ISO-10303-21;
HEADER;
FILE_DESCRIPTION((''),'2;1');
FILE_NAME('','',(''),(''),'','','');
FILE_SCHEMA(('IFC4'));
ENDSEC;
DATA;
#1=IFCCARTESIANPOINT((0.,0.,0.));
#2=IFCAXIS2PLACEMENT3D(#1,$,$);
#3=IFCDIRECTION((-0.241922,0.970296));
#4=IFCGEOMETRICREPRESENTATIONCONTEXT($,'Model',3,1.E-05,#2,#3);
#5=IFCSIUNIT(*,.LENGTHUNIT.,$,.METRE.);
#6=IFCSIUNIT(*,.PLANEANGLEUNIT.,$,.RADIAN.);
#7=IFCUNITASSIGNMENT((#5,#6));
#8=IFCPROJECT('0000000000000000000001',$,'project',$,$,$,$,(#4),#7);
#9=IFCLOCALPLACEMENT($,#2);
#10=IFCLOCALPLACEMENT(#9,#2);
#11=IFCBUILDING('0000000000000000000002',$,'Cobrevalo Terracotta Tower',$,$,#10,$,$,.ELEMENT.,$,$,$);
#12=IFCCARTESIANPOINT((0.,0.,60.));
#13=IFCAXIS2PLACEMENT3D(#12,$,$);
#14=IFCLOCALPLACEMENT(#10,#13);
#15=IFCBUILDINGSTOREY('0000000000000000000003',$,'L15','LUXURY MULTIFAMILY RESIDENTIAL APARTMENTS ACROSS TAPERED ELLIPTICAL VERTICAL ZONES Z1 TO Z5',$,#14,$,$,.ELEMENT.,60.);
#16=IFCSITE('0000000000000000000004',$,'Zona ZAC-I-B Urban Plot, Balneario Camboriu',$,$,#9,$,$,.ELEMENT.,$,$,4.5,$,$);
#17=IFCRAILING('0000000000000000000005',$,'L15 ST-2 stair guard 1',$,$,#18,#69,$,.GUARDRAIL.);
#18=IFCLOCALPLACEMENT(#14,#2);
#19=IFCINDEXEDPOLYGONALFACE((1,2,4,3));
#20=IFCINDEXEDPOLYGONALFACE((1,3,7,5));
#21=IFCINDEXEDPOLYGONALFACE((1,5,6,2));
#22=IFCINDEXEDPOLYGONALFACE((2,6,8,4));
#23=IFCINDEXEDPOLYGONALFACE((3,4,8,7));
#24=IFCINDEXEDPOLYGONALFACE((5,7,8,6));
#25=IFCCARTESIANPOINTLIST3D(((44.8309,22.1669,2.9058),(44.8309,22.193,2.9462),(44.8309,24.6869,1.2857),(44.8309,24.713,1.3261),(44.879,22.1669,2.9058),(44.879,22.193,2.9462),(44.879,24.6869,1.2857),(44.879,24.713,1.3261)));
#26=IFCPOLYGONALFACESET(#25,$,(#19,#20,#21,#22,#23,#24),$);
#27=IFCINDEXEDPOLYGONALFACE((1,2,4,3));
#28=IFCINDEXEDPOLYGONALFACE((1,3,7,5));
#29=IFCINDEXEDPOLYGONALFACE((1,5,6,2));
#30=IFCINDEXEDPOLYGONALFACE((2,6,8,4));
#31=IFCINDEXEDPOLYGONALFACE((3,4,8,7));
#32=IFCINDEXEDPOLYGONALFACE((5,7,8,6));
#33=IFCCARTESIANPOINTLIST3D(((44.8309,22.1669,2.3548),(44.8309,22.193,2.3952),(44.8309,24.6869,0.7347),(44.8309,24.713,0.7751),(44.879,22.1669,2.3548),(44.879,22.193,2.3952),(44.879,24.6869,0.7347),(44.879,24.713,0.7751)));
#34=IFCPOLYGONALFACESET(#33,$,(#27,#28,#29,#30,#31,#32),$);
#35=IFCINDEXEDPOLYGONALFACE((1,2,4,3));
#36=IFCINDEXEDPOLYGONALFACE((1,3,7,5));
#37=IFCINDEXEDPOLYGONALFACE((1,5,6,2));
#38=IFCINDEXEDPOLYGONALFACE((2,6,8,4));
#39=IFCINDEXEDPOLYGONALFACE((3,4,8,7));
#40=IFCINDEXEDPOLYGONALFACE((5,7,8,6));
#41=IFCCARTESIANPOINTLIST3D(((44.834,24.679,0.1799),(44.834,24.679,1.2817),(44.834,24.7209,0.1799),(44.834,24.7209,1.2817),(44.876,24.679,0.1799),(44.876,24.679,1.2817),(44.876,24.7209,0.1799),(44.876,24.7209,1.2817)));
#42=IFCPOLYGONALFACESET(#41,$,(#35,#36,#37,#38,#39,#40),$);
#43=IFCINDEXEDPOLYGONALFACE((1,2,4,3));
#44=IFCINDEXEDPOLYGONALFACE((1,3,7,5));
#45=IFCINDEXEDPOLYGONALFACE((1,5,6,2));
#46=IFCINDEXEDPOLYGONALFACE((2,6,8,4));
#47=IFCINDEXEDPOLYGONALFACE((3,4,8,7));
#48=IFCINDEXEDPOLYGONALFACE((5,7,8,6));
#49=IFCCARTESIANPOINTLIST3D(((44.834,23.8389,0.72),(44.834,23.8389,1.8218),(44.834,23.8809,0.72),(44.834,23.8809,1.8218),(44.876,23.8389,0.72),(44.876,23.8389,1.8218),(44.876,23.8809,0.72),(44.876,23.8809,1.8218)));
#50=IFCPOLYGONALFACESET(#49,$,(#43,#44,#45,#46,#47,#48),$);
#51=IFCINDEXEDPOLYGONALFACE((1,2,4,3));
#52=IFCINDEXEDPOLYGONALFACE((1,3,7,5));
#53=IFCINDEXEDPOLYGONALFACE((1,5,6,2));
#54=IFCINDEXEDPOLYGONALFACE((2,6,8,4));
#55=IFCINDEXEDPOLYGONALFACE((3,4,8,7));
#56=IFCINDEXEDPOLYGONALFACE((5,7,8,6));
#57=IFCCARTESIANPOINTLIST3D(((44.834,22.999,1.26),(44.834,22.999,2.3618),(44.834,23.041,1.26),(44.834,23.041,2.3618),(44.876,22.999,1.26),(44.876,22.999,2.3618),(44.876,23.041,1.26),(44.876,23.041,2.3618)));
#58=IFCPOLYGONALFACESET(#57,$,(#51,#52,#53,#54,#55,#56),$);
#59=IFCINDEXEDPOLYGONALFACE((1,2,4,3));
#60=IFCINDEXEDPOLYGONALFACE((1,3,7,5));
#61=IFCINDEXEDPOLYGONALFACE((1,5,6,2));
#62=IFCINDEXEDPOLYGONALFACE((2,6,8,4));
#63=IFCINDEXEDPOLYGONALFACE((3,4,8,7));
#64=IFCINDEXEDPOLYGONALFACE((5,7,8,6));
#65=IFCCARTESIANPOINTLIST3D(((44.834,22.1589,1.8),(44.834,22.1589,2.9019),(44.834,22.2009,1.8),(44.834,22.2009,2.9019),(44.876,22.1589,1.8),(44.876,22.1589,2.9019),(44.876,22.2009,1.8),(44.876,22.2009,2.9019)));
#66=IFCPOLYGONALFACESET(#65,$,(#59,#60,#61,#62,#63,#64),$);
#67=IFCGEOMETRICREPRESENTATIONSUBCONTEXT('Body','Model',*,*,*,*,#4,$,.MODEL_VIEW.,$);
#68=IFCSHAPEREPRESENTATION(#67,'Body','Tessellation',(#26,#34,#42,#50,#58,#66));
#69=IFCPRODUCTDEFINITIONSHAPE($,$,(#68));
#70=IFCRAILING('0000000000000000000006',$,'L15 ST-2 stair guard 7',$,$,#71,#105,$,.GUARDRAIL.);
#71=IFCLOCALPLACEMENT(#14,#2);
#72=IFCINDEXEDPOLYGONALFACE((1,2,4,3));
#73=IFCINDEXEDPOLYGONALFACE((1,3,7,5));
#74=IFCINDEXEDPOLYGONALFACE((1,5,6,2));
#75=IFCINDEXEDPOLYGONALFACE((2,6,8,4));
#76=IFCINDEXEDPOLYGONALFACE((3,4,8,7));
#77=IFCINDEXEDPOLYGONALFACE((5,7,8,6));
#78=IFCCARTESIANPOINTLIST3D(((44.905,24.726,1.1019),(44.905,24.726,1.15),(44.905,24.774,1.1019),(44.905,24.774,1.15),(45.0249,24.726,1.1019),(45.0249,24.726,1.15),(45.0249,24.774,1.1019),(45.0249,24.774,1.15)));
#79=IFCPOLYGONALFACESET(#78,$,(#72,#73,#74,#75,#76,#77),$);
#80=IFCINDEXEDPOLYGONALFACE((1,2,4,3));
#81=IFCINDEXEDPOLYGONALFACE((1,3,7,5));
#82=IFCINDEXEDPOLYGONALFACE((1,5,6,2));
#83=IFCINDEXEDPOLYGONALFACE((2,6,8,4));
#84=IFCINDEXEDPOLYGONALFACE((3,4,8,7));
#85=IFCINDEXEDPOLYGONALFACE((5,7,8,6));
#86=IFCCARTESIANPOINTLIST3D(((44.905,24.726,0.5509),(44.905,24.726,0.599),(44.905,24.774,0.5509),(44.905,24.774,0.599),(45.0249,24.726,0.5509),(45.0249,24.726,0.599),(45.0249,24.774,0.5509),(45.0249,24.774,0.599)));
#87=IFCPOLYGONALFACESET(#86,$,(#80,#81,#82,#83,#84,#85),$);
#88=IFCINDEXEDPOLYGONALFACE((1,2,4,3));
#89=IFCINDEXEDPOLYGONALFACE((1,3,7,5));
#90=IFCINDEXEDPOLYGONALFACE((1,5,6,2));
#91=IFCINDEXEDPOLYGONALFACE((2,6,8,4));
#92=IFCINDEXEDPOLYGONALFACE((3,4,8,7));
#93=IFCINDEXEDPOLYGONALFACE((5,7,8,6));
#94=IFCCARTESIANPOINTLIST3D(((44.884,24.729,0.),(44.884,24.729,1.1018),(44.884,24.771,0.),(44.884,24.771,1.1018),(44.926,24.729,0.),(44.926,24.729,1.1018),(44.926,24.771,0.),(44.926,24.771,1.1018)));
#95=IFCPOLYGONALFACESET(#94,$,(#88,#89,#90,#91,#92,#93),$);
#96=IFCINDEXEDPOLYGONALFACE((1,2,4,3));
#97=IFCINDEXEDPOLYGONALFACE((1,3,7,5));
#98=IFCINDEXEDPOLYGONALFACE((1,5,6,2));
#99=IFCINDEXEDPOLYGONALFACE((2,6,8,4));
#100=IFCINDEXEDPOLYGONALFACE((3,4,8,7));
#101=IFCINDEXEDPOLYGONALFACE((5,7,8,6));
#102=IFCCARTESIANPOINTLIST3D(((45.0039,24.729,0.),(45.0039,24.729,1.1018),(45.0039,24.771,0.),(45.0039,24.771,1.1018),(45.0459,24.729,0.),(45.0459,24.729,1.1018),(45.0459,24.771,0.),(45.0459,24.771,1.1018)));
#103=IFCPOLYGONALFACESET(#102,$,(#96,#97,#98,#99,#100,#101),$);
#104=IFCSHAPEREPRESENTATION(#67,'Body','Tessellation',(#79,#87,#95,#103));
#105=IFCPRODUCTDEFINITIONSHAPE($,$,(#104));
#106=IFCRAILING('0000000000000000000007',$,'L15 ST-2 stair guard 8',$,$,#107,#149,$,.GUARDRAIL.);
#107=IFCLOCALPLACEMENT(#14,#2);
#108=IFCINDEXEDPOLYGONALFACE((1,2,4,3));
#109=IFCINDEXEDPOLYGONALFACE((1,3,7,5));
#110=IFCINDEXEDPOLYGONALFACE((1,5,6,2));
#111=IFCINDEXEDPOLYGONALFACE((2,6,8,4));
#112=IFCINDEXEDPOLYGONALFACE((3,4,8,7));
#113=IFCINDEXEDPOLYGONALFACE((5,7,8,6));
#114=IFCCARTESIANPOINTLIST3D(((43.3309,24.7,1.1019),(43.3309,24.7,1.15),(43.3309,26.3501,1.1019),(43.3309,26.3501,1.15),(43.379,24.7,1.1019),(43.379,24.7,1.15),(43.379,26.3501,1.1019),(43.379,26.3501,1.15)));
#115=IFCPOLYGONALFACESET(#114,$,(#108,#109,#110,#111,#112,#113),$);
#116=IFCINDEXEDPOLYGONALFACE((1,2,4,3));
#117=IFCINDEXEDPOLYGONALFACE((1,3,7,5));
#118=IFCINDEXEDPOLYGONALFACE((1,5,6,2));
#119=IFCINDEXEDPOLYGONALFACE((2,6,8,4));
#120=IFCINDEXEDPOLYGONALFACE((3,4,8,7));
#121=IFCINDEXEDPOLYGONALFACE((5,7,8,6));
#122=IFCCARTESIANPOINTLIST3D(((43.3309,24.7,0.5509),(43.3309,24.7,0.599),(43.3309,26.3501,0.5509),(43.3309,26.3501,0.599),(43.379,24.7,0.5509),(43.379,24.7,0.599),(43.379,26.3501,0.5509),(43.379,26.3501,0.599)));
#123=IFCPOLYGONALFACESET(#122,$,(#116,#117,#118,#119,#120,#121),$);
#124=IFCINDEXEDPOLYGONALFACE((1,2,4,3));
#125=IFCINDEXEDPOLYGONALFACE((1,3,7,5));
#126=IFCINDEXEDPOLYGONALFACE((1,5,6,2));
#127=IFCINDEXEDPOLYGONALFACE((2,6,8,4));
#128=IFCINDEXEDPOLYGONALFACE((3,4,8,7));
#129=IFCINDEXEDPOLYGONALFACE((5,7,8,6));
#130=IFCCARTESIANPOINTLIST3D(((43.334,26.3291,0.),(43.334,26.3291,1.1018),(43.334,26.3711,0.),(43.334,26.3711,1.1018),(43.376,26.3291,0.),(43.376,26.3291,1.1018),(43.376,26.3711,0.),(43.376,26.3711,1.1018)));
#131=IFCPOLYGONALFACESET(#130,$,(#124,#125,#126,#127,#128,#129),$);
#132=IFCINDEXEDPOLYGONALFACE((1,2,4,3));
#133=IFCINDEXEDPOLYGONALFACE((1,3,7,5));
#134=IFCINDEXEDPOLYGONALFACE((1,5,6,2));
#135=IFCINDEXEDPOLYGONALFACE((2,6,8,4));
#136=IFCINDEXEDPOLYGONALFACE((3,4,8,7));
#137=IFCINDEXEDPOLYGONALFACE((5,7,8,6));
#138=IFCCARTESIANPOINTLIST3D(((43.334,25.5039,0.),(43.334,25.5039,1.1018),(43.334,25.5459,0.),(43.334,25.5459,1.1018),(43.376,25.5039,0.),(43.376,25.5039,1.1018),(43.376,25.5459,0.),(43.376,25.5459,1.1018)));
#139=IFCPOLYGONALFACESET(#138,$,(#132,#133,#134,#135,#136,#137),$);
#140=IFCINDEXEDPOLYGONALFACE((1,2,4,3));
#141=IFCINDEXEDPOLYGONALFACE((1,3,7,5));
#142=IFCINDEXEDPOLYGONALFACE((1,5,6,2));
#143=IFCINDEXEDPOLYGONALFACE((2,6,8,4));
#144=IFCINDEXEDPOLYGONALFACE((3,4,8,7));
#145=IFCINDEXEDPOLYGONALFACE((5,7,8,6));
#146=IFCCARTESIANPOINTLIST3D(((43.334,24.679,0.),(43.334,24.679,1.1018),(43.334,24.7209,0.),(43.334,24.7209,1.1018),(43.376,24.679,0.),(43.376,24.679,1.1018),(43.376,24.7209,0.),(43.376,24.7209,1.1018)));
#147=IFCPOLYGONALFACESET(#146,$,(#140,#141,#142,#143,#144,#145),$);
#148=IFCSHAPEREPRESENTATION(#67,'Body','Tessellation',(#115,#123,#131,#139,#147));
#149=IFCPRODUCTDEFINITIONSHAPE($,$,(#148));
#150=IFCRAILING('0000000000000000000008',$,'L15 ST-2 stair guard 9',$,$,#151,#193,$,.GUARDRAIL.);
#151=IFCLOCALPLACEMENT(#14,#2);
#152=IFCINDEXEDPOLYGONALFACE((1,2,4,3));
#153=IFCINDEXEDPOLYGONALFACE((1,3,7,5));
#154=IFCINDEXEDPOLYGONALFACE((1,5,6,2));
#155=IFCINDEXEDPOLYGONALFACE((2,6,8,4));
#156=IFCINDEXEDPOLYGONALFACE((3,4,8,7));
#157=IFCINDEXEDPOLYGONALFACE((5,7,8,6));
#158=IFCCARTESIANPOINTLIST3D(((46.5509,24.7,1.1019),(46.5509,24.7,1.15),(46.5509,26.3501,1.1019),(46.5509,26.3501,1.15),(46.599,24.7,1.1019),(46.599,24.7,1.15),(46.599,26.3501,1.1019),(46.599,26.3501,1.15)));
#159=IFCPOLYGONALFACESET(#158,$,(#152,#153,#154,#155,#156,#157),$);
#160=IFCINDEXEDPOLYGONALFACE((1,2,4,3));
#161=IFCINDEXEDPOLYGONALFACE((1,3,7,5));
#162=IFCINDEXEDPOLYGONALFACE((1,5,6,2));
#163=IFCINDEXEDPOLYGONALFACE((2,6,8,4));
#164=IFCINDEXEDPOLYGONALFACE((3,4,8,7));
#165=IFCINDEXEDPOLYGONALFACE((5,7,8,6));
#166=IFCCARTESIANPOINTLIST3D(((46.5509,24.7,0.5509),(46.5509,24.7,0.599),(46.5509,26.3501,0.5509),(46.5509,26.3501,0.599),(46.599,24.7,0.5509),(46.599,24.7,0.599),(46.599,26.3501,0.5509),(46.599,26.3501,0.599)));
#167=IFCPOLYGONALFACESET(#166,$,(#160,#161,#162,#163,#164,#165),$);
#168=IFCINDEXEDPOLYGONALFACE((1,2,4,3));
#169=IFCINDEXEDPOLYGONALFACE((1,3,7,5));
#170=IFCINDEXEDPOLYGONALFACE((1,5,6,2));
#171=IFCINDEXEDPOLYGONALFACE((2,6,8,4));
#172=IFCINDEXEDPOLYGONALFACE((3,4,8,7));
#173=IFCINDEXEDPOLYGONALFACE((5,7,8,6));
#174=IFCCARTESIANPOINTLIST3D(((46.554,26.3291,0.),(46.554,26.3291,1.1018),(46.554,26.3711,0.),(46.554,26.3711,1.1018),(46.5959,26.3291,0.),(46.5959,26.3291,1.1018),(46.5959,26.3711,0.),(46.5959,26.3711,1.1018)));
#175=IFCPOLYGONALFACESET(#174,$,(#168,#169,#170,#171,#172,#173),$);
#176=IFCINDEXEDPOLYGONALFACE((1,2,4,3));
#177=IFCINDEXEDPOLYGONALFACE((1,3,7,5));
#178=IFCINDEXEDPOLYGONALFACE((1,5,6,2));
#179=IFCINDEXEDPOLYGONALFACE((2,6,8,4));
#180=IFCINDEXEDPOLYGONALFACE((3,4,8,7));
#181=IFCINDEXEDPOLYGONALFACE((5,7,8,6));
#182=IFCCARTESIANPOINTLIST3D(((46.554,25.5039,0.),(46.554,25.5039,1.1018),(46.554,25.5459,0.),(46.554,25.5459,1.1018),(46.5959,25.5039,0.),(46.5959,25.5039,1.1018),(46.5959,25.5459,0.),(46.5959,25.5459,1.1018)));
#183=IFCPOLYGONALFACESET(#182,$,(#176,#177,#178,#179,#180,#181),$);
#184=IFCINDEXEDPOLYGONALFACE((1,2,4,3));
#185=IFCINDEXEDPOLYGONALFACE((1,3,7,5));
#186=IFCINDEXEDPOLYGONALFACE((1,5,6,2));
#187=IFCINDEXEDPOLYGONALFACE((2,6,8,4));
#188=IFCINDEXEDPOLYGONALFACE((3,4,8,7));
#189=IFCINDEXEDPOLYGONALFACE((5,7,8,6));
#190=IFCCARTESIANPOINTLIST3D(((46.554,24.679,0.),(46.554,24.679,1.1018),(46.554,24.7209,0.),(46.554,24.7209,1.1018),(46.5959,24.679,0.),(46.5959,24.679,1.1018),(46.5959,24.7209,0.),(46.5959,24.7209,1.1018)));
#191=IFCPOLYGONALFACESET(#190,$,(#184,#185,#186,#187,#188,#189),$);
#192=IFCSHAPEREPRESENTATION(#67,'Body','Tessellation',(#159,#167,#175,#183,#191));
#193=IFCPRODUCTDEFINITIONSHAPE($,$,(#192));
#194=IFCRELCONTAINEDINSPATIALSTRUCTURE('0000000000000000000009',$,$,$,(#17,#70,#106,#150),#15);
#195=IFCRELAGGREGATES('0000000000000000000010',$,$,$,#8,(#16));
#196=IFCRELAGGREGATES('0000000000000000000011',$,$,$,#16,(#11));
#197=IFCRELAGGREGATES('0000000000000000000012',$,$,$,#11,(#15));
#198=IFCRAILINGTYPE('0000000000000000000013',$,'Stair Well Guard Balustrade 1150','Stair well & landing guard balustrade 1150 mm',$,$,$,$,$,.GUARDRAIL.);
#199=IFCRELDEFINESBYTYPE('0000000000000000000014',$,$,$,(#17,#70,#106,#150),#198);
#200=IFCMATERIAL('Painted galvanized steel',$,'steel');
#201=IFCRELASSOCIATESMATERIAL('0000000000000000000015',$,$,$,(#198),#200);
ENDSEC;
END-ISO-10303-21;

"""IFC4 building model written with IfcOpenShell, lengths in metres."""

from ifc_helpers import new_model, si_unit, direction, frame, origin, origin_2d, place, context, subcontext, project, spatial, rectangle, extrude, material, type_object, element, save


model = new_model("IFC4")

# Units and contexts
model_context = context("Model", 3, precision=1e-05, world=origin(), true_north=direction((-0.241922, 0.970296)))
body_context = subcontext(model_context, "Body", "Model", "MODEL_VIEW")
ifc_project = project(units=[si_unit("LENGTHUNIT", "METRE"), si_unit("PLANEANGLEUNIT", "RADIAN")], contexts=[model_context])

# Site, building, storey
site_placement = place(None, origin())
site = spatial("IfcSite", under=ifc_project, at=site_placement, Name="Zona ZAC-I-B Urban Plot, Balneario Camboriu", CompositionType="ELEMENT", RefElevation=4.5)
building_placement = place(site_placement, origin())
building = spatial("IfcBuilding", under=site, at=building_placement, Name="Cobrevalo Terracotta Tower", CompositionType="ELEMENT")
storey_placement = place(building_placement, frame((0.0, 0.0, 60.0)))
storey = spatial("IfcBuildingStorey", under=building, at=storey_placement, Name="L15", Description="LUXURY MULTIFAMILY RESIDENTIAL APARTMENTS ACROSS TAPERED ELLIPTICAL VERTICAL ZONES Z1 TO Z5", CompositionType="ELEMENT", Elevation=60.0)

# Railings
ifc_material_1 = material(Name="Painted galvanized steel", Category="steel")
railing_type = type_object("IfcRailingType", Name="Stair Well Guard Balustrade 1150", Description="Stair well & landing guard balustrade 1150 mm", PredefinedType="GUARDRAIL", material=ifc_material_1)
railing_1_placement = place(storey_placement, frame((44.855, 24.7, 0.1799)))
element("IfcRailing", 1, at=railing_1_placement, inside=storey, type_object=railing_type, Name="L15 ST-2 stair guard 1", PredefinedType="GUARDRAIL", context=body_context, shape_type="SweptSolid", body=[
    extrude(rectangle(XDim=0.0481, YDim=0.0481, at=origin_2d()), frame((0.0, 0.0, 1.126), z_axis=(0.0, -0.841163, 0.540782), x_axis=(1.0, 0.0, 0.0)), (0.0, 0.0, 1.0), 2.9958),
    extrude(rectangle(XDim=0.0481, YDim=0.0481, at=origin_2d()), frame((0.0, 0.0, 0.575), z_axis=(0.0, -0.841163, 0.540782), x_axis=(1.0, 0.0, 0.0)), (0.0, 0.0, 1.0), 2.9958),
    extrude(rectangle(XDim=0.042, YDim=0.042, at=origin_2d()), origin(), (0.0, 0.0, 1.0), 1.1018),
    extrude(rectangle(XDim=0.042, YDim=0.042, at=origin_2d()), frame((0.0, -0.8401, 0.54)), (0.0, 0.0, 1.0), 1.1018),
    extrude(rectangle(XDim=0.042, YDim=0.042, at=origin_2d()), frame((0.0, -1.6799, 1.0801)), (0.0, 0.0, 1.0), 1.1018),
    extrude(rectangle(XDim=0.042, YDim=0.042, at=origin_2d()), frame((0.0, -2.52, 1.6201)), (0.0, 0.0, 1.0), 1.1018),
])
railing_2_placement = place(storey_placement, frame((44.905, 24.75, 0.0)))
element("IfcRailing", 2, at=railing_2_placement, inside=storey, type_object=railing_type, Name="L15 ST-2 stair guard 7", PredefinedType="GUARDRAIL", context=body_context, shape_type="SweptSolid", body=[
    extrude(rectangle(XDim=0.0481, YDim=0.0481, at=origin_2d()), frame((0.0, 0.0, 1.126), z_axis=(1.0, 0.0, 0.0), x_axis=(0.0, 1.0, 0.0)), (0.0, 0.0, 1.0), 0.1199),
    extrude(rectangle(XDim=0.0481, YDim=0.0481, at=origin_2d()), frame((0.0, 0.0, 0.575), z_axis=(1.0, 0.0, 0.0), x_axis=(0.0, 1.0, 0.0)), (0.0, 0.0, 1.0), 0.1199),
    extrude(rectangle(XDim=0.042, YDim=0.042, at=origin_2d()), origin(), (0.0, 0.0, 1.0), 1.1018),
    extrude(rectangle(XDim=0.042, YDim=0.042, at=origin_2d()), frame((0.1199, 0.0, 0.0)), (0.0, 0.0, 1.0), 1.1018),
])
for number, where, name in (
    (3, (43.355, 26.3501, 0.0), "L15 ST-2 stair guard 8"),
    (4, (46.575, 26.3501, 0.0), "L15 ST-2 stair guard 9"),
):
    element("IfcRailing", number, at=place(storey_placement, frame(where)), inside=storey, type_object=railing_type, Name=name, PredefinedType="GUARDRAIL", context=body_context, shape_type="SweptSolid", body=[
        extrude(rectangle(XDim=0.0481, YDim=0.0481, at=origin_2d()), frame((0.0, 0.0, 1.126), z_axis=(0.0, -1.0, 0.0), x_axis=(1.0, 0.0, 0.0)), (0.0, 0.0, 1.0), 1.6501),
        extrude(rectangle(XDim=0.0481, YDim=0.0481, at=origin_2d()), frame((0.0, 0.0, 0.575), z_axis=(0.0, -1.0, 0.0), x_axis=(1.0, 0.0, 0.0)), (0.0, 0.0, 1.0), 1.6501),
        extrude(rectangle(XDim=0.042, YDim=0.042, at=origin_2d()), origin(), (0.0, 0.0, 1.0), 1.1018),
        extrude(rectangle(XDim=0.042, YDim=0.042, at=origin_2d()), frame((0.0, -0.8252, 0.0)), (0.0, 0.0, 1.0), 1.1018),
        extrude(rectangle(XDim=0.042, YDim=0.042, at=origin_2d()), frame((0.0, -1.6501, 0.0)), (0.0, 0.0, 1.0), 1.1018),
    ])

save(model, "model.ifc")
